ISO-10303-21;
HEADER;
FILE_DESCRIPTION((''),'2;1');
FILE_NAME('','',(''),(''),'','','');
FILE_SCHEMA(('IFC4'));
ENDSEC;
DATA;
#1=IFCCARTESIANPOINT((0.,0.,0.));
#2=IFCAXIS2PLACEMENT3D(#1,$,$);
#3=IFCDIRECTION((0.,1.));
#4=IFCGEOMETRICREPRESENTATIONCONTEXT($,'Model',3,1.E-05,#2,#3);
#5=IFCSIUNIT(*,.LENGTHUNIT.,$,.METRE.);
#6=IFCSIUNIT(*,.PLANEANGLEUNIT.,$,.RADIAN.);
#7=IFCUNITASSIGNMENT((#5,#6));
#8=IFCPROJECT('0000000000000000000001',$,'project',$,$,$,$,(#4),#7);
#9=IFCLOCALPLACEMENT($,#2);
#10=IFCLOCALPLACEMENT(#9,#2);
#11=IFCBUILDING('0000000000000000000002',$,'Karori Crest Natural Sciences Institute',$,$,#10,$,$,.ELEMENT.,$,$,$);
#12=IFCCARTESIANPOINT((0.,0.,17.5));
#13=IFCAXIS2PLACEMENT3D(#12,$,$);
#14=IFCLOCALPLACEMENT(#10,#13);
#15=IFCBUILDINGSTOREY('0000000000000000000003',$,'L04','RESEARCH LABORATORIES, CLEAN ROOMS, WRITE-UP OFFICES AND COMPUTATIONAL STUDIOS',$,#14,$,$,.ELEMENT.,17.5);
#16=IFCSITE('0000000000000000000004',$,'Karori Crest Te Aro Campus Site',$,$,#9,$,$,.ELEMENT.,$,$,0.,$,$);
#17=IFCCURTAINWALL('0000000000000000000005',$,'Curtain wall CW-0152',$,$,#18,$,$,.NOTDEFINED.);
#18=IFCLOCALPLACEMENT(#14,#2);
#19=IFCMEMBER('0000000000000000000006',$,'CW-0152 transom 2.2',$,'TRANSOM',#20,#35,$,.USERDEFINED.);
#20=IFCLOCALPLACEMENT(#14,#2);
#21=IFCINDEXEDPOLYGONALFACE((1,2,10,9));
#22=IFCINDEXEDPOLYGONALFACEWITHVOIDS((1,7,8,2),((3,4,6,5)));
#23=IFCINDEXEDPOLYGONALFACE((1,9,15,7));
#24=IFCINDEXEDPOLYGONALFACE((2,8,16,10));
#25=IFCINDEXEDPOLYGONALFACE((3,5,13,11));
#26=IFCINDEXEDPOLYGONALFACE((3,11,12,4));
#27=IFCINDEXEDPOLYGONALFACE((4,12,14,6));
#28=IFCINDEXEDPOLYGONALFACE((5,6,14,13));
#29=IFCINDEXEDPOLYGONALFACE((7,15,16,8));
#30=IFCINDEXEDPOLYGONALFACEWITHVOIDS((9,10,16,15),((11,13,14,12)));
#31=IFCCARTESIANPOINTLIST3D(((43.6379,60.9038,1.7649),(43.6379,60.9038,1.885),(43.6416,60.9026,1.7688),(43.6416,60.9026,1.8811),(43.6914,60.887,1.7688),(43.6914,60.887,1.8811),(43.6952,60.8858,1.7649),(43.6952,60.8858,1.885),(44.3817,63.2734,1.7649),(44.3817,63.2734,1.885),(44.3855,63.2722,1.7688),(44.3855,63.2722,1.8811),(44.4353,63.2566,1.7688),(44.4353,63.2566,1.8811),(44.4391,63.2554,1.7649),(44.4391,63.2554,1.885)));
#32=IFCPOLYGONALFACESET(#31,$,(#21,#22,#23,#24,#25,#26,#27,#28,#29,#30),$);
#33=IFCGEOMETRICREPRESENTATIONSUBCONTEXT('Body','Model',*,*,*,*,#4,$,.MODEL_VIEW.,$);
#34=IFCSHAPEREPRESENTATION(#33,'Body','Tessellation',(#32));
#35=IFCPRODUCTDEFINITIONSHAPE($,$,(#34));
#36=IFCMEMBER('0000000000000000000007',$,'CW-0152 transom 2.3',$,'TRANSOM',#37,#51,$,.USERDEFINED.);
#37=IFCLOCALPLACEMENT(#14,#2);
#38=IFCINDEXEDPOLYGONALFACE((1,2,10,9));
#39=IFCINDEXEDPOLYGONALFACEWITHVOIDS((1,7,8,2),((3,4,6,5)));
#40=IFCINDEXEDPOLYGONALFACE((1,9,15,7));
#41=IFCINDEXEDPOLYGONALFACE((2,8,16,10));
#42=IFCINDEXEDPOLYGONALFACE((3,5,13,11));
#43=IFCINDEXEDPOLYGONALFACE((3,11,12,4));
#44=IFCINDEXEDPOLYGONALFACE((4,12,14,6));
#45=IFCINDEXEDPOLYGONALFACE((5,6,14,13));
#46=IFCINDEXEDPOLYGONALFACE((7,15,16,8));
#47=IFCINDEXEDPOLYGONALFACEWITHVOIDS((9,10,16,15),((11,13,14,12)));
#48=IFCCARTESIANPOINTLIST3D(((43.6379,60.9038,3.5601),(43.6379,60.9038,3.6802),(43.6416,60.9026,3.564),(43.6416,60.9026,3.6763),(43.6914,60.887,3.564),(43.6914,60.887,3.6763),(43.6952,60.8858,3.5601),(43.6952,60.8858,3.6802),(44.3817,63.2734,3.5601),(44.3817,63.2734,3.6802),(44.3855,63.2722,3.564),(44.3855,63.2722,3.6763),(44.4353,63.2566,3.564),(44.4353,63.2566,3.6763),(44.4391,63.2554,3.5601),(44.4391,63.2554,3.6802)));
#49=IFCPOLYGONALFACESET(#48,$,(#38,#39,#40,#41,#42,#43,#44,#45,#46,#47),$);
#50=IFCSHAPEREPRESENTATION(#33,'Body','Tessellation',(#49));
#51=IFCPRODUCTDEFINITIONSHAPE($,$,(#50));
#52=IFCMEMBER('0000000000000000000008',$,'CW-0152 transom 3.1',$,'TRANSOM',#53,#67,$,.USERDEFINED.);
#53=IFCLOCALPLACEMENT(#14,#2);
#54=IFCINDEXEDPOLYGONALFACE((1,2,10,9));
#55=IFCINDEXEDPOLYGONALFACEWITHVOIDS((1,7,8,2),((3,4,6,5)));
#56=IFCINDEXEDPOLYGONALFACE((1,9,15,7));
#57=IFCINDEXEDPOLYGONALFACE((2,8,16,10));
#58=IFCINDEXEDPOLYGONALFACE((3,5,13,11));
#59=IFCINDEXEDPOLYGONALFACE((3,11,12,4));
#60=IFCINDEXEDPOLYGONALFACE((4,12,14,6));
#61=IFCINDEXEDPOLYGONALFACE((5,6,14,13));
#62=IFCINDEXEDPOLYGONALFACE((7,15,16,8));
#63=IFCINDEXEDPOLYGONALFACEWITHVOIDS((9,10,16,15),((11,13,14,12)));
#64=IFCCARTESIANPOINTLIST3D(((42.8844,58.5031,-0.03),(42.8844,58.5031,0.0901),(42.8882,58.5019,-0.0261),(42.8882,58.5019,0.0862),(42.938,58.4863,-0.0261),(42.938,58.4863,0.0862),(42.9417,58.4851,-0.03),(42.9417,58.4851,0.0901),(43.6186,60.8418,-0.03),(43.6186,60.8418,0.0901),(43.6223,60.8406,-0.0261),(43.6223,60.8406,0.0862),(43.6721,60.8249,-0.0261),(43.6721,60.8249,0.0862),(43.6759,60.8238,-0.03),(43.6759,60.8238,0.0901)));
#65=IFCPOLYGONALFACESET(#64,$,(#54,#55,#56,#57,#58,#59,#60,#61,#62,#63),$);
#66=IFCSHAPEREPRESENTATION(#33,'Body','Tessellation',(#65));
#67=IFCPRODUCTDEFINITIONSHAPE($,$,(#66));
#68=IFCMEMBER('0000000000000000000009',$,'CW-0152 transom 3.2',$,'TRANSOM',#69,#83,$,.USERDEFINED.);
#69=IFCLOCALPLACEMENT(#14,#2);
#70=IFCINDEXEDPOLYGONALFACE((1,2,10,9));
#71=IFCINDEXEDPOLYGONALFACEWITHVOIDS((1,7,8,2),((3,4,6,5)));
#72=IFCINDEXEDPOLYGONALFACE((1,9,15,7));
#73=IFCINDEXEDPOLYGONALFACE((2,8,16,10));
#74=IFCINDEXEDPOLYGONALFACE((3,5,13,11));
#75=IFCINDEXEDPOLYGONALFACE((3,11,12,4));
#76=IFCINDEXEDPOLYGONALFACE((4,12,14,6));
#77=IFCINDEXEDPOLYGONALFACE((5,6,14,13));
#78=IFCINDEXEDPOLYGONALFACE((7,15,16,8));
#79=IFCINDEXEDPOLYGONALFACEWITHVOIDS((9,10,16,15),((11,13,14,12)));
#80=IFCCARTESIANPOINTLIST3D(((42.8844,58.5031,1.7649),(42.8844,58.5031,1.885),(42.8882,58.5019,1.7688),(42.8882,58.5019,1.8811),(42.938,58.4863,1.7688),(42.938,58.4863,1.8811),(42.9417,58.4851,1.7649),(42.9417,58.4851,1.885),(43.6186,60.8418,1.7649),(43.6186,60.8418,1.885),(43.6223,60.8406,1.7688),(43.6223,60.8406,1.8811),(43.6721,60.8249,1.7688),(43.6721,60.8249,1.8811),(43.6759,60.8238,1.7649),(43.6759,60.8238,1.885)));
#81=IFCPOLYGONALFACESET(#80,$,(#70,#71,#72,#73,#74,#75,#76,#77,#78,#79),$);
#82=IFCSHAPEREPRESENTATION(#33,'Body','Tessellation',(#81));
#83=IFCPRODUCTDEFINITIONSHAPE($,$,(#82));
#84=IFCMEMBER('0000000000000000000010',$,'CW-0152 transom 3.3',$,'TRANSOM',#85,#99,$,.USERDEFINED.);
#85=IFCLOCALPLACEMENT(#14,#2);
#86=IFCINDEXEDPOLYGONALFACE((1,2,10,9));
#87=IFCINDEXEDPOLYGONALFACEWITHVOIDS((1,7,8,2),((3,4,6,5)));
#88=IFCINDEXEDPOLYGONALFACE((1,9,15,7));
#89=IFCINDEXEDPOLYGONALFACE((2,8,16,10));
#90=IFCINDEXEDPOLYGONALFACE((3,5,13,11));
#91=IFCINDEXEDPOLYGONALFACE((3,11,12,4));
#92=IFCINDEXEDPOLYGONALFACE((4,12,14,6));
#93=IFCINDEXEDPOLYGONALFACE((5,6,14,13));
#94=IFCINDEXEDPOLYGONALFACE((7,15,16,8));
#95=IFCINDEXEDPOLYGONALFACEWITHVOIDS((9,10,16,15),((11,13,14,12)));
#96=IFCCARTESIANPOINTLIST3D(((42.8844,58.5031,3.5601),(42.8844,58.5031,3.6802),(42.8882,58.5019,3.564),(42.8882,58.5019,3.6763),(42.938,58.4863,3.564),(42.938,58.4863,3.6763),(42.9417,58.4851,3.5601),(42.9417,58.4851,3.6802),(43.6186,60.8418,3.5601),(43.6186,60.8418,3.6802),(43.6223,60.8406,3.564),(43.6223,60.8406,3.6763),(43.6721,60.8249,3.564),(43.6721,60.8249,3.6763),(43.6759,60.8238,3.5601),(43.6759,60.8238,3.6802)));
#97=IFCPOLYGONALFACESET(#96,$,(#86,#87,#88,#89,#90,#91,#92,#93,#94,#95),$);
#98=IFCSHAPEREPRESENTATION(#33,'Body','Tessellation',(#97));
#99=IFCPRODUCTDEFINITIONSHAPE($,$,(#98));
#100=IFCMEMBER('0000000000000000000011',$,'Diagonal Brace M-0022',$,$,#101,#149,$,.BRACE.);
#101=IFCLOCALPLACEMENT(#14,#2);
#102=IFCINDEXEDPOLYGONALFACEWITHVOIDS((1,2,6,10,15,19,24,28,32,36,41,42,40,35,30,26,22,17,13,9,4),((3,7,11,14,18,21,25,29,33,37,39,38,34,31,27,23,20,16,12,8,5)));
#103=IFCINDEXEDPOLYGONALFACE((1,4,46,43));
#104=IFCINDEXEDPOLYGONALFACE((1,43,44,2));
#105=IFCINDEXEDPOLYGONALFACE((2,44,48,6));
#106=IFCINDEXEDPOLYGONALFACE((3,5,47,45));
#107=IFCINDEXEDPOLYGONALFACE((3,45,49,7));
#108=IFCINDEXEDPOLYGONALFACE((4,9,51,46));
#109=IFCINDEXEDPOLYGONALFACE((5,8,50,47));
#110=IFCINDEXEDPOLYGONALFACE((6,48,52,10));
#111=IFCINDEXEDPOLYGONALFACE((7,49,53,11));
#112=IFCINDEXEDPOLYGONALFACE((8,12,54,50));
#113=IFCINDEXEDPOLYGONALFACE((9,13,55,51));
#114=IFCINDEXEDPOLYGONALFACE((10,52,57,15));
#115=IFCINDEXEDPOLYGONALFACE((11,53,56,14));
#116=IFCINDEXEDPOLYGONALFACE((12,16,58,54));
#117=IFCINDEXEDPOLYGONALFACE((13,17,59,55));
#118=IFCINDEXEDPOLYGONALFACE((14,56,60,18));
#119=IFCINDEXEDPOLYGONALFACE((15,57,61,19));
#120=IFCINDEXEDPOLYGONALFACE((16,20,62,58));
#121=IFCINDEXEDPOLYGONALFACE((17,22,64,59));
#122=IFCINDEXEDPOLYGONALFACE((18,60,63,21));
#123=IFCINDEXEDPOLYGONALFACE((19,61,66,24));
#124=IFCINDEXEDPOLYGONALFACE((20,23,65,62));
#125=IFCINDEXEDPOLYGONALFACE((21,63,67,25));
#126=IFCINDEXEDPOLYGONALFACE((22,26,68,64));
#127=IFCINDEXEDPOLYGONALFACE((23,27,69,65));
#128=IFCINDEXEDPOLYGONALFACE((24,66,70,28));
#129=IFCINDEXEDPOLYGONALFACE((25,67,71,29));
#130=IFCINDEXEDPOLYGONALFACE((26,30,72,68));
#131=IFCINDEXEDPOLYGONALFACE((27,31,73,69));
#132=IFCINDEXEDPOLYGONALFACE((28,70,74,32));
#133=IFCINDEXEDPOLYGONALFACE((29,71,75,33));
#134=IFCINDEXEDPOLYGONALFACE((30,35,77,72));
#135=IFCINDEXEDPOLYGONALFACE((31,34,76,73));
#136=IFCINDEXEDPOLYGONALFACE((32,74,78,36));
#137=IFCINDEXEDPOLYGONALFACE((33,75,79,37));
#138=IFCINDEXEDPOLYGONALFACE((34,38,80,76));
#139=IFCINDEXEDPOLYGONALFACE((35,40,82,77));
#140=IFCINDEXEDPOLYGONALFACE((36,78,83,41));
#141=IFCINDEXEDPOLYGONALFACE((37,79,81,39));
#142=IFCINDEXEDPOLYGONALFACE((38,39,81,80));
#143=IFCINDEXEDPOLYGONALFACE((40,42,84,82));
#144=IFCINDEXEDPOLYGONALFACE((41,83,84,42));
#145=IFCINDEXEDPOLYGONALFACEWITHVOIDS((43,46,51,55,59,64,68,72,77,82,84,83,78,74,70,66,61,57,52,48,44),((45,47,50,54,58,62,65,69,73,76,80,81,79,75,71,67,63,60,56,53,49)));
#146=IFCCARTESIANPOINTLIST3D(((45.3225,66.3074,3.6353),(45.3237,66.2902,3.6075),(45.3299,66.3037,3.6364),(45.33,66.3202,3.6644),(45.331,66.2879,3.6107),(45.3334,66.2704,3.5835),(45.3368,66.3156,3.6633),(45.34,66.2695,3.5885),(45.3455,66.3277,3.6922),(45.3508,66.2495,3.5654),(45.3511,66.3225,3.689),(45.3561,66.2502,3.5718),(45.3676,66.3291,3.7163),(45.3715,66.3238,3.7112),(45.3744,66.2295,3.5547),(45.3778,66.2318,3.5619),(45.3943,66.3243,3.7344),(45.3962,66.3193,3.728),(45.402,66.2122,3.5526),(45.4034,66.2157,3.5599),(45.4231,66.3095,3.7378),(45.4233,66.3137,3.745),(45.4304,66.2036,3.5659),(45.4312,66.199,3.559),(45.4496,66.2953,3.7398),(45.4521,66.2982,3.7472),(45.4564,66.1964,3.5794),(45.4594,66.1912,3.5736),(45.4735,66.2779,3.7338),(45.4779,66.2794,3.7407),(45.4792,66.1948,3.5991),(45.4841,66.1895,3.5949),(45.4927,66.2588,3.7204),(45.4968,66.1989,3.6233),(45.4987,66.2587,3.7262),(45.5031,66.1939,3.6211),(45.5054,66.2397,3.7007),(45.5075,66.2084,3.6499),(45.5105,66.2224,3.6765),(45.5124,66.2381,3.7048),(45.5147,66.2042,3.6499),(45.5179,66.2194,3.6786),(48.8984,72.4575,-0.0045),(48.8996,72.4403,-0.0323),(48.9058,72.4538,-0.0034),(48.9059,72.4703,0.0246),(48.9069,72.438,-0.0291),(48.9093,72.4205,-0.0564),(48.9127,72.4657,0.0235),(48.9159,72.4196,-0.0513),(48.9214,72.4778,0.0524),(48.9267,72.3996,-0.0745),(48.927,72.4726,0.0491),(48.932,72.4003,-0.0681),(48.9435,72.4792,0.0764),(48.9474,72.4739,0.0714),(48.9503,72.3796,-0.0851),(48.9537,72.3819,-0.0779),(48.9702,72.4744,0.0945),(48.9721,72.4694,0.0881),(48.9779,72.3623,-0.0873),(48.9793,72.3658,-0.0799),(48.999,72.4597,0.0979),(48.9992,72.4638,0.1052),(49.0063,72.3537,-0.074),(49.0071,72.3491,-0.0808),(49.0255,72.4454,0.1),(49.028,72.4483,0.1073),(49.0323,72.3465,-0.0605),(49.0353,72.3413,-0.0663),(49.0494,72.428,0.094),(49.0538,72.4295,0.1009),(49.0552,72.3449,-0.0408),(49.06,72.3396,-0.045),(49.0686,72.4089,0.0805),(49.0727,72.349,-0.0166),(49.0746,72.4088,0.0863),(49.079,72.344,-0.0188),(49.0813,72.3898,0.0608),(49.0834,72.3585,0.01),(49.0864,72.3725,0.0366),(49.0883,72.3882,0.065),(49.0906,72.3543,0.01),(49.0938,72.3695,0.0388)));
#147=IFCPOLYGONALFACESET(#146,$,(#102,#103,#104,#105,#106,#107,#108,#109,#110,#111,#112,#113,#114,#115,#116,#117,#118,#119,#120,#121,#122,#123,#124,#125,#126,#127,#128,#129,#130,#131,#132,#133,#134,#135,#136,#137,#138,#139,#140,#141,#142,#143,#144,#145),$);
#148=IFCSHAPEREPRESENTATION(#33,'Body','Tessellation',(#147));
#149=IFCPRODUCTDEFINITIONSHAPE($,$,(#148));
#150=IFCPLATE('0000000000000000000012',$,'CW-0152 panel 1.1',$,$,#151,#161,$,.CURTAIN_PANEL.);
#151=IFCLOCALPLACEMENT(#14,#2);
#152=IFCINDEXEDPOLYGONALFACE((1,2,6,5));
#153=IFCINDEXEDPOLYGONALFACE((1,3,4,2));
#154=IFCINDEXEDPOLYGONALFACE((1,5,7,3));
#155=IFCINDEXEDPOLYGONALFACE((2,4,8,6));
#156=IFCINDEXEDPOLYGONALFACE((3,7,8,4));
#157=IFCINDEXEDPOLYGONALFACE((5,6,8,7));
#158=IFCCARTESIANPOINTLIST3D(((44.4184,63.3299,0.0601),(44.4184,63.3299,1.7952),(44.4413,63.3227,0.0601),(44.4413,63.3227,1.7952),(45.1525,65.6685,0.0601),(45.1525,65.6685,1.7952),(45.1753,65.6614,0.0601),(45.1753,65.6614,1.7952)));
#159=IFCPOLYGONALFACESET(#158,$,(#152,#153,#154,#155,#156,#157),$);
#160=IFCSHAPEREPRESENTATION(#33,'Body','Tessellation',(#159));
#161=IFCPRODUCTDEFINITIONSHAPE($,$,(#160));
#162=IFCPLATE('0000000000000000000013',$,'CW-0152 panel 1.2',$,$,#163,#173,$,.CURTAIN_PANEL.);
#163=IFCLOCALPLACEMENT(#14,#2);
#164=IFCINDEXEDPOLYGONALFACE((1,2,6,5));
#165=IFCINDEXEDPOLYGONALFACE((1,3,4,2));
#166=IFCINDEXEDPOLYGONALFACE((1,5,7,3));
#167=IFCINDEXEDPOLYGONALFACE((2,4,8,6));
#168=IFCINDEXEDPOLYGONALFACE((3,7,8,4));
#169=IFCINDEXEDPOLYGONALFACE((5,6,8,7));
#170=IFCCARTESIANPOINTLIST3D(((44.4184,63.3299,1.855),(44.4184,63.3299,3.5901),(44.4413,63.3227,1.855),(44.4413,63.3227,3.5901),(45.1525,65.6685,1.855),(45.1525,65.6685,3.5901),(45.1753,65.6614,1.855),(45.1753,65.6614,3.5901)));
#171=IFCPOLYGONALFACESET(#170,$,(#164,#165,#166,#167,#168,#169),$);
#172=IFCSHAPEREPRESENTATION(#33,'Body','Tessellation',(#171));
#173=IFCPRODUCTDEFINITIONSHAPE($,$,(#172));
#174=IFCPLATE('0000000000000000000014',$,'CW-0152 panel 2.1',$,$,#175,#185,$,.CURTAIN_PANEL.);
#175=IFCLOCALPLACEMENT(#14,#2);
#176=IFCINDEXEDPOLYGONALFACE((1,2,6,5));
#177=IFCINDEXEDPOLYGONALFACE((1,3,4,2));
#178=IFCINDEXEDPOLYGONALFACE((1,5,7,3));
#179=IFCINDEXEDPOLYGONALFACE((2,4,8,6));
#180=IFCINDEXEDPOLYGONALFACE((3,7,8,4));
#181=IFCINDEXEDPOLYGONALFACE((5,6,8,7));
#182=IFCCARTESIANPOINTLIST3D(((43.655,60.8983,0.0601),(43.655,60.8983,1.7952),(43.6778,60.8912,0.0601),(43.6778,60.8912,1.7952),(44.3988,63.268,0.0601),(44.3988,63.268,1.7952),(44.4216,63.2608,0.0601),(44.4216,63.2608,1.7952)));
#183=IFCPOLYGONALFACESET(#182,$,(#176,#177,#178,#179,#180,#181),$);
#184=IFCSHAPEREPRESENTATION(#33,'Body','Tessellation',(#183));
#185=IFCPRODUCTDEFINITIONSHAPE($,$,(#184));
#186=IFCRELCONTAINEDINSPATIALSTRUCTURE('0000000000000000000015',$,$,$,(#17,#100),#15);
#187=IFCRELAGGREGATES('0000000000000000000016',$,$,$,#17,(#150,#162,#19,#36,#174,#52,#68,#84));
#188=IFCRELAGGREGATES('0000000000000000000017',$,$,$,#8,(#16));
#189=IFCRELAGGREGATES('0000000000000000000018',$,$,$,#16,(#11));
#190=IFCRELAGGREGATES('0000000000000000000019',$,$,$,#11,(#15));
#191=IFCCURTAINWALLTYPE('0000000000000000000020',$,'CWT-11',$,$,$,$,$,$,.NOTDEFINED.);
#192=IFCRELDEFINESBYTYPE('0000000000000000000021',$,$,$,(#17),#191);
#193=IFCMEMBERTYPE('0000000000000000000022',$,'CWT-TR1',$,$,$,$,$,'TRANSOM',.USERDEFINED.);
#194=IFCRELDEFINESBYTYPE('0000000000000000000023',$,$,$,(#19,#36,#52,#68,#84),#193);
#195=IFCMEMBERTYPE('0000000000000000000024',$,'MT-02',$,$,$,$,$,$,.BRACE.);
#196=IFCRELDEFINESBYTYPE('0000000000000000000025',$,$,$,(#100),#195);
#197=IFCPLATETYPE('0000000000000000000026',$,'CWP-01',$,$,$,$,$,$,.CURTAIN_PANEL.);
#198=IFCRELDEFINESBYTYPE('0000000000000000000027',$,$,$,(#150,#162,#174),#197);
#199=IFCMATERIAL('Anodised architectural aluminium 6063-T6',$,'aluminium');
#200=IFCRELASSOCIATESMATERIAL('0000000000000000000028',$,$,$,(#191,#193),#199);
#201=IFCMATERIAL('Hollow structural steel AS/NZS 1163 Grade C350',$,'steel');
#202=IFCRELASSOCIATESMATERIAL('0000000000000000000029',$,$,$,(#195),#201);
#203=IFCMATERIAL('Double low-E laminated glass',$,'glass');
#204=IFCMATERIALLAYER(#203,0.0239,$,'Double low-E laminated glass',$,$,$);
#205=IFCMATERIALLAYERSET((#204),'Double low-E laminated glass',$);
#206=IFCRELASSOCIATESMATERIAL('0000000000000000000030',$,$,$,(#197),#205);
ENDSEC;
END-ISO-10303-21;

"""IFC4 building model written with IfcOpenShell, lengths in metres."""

from ifc_helpers import new_model, si_unit, direction, frame, origin, origin_2d, place, context, subcontext, project, spatial, rectangle, hollow_rectangle, hollow_circle, extrude, material, layer, layer_set, material_profile, profile_set, type_object, element, aggregate, save


model = new_model("IFC4")

# Units and contexts
model_context = context("Model", 3, precision=1e-05, world=origin(), true_north=direction((0.0, 1.0)))
body_context = subcontext(model_context, "Body", "Model", "MODEL_VIEW")
ifc_project = project(units=[si_unit("LENGTHUNIT", "METRE"), si_unit("PLANEANGLEUNIT", "RADIAN")], contexts=[model_context])

# Site, building, storey
site_placement = place(None, origin())
site = spatial("IfcSite", under=ifc_project, at=site_placement, Name="Karori Crest Te Aro Campus Site", CompositionType="ELEMENT", RefElevation=0.0)
building_placement = place(site_placement, origin())
building = spatial("IfcBuilding", under=site, at=building_placement, Name="Karori Crest Natural Sciences Institute", CompositionType="ELEMENT")
storey_placement = place(building_placement, frame((0.0, 0.0, 17.5)))
storey = spatial("IfcBuildingStorey", under=building, at=storey_placement, Name="L04", Description="RESEARCH LABORATORIES, CLEAN ROOMS, WRITE-UP OFFICES AND COMPUTATIONAL STUDIOS", CompositionType="ELEMENT", Elevation=17.5)

# Shared definitions
ifc_material_1 = material(Name="Hollow structural steel AS/NZS 1163 Grade C350", Category="steel")

# Curtain wall, members
ifc_material_2 = material(Name="Anodised architectural aluminium 6063-T6", Category="aluminium")
curtain_wall_type = type_object("IfcCurtainWallType", Name="CWT-11", PredefinedType="NOTDEFINED", material=ifc_material_2)
curtain_wall_placement = place(storey_placement, origin())
curtain_wall = element("IfcCurtainWall", 1, at=curtain_wall_placement, inside=storey, type_object=curtain_wall_type, Name="Curtain wall CW-0152", PredefinedType="NOTDEFINED")
ifc_material_profile_1 = material_profile(ifc_material_2, hollow_rectangle(XDim=0.0601, YDim=0.1201, WallThickness=0.0039, at=origin_2d()), Name="CWT120x60x4")
ifc_profile_set_1 = profile_set([ifc_material_profile_1], Name="Anodised architectural aluminium 6063-T6")
member_type_1 = type_object("IfcMemberType", Name="CWT-TR1", ElementType="TRANSOM", PredefinedType="USERDEFINED", material=ifc_profile_set_1)
member_1_placement = place(storey_placement, frame((44.4104, 63.2644, 1.825), z_axis=(-0.299517, -0.954091, 0.0), x_axis=(0.954091, -0.299517, 0.0)))
member_1 = element("IfcMember", 2, at=member_1_placement, type_object=member_type_1, Name="CW-0152 transom 2.2", ObjectType="TRANSOM", PredefinedType="USERDEFINED", context=body_context, shape_type="SweptSolid", body=[
    extrude(hollow_rectangle(XDim=0.0601, YDim=0.1201, WallThickness=0.0039, at=origin_2d()), origin(), (0.0, 0.0, 1.0), 2.4836),
])
member_2_placement = place(storey_placement, frame((44.4104, 63.2644, 3.6201), z_axis=(-0.299517, -0.954091, 0.0), x_axis=(0.954091, -0.299517, 0.0)))
member_2 = element("IfcMember", 3, at=member_2_placement, type_object=member_type_1, Name="CW-0152 transom 2.3", ObjectType="TRANSOM", PredefinedType="USERDEFINED", context=body_context, shape_type="SweptSolid", body=[
    extrude(hollow_rectangle(XDim=0.0601, YDim=0.1201, WallThickness=0.0039, at=origin_2d()), origin(), (0.0, 0.0, 1.0), 2.4836),
])
member_3_placement = place(storey_placement, frame((43.6472, 60.8328, 0.03), z_axis=(-0.299505, -0.954095, 0.0), x_axis=(0.954095, -0.299505, 0.0)))
member_3 = element("IfcMember", 4, at=member_3_placement, type_object=member_type_1, Name="CW-0152 transom 3.1", ObjectType="TRANSOM", PredefinedType="USERDEFINED", context=body_context, shape_type="SweptSolid", body=[
    extrude(hollow_rectangle(XDim=0.0601, YDim=0.1201, WallThickness=0.0039, at=origin_2d()), origin(), (0.0, 0.0, 1.0), 2.4512),
])
member_4_placement = place(storey_placement, frame((43.6472, 60.8328, 1.825), z_axis=(-0.299505, -0.954095, 0.0), x_axis=(0.954095, -0.299505, 0.0)))
member_4 = element("IfcMember", 5, at=member_4_placement, type_object=member_type_1, Name="CW-0152 transom 3.2", ObjectType="TRANSOM", PredefinedType="USERDEFINED", context=body_context, shape_type="SweptSolid", body=[
    extrude(hollow_rectangle(XDim=0.0601, YDim=0.1201, WallThickness=0.0039, at=origin_2d()), origin(), (0.0, 0.0, 1.0), 2.4512),
])
member_5_placement = place(storey_placement, frame((43.6472, 60.8328, 3.6201), z_axis=(-0.299505, -0.954095, 0.0), x_axis=(0.954095, -0.299505, 0.0)))
member_5 = element("IfcMember", 6, at=member_5_placement, type_object=member_type_1, Name="CW-0152 transom 3.3", ObjectType="TRANSOM", PredefinedType="USERDEFINED", context=body_context, shape_type="SweptSolid", body=[
    extrude(hollow_rectangle(XDim=0.0601, YDim=0.1201, WallThickness=0.0039, at=origin_2d()), origin(), (0.0, 0.0, 1.0), 2.4512),
])

# Member
ifc_material_profile_2 = material_profile(ifc_material_1, hollow_circle(Radius=0.1096, WallThickness=0.0083, at=origin_2d()), Name="CHS219.1x8.2")
ifc_profile_set_2 = profile_set([ifc_material_profile_2], Name="Hollow structural steel AS/NZS 1163 Grade C350")
member_type_2 = type_object("IfcMemberType", Name="MT-02", PredefinedType="BRACE", material=ifc_profile_set_2)
member_6_placement = place(storey_placement, frame((48.9958, 72.4094, 0.01), z_axis=(-0.447479, -0.769608, 0.455484), x_axis=(0.864491, -0.502648, 0.0)))
element("IfcMember", 7, at=member_6_placement, inside=storey, type_object=member_type_2, Name="Diagonal Brace M-0022", PredefinedType="BRACE", context=body_context, shape_type="SweptSolid", body=[
    extrude(hollow_circle(Radius=0.1096, WallThickness=0.0083, at=origin_2d()), origin(), (0.0, 0.0, 1.0), 7.9912),
])

# Plates
ifc_material_3 = material(Name="Double low-E laminated glass", Category="glass")
ifc_layer_1 = layer(ifc_material_3, 0.0239, Name="Double low-E laminated glass")
ifc_layer_set_1 = layer_set([ifc_layer_1], Name="Double low-E laminated glass")
plate_type_1 = type_object("IfcPlateType", Name="CWP-01", PredefinedType="CURTAIN_PANEL", material=ifc_layer_set_1)
plate_1_placement = place(storey_placement, frame((44.7969, 64.4956, 0.0601), z_axis=(0.0, 0.0, 1.0), x_axis=(-0.299475, -0.954104, 0.0)))
plate_1 = element("IfcPlate", 8, at=plate_1_placement, type_object=plate_type_1, Name="CW-0152 panel 1.1", PredefinedType="CURTAIN_PANEL", context=body_context, shape_type="SweptSolid", body=[
    extrude(rectangle(XDim=2.4512, YDim=0.0239, at=origin_2d()), origin(), (0.0, 0.0, 1.0), 1.7351),
])
plate_2_placement = place(storey_placement, frame((44.7969, 64.4956, 1.855), z_axis=(0.0, 0.0, 1.0), x_axis=(-0.299475, -0.954104, 0.0)))
plate_2 = element("IfcPlate", 9, at=plate_2_placement, type_object=plate_type_1, Name="CW-0152 panel 1.2", PredefinedType="CURTAIN_PANEL", context=body_context, shape_type="SweptSolid", body=[
    extrude(rectangle(XDim=2.4512, YDim=0.0239, at=origin_2d()), origin(), (0.0, 0.0, 1.0), 1.7351),
])
plate_3_placement = place(storey_placement, frame((44.0383, 62.0796, 0.0601), z_axis=(0.0, 0.0, 1.0), x_axis=(-0.299475, -0.954104, 0.0)))
plate_3 = element("IfcPlate", 10, at=plate_3_placement, type_object=plate_type_1, Name="CW-0152 panel 2.1", PredefinedType="CURTAIN_PANEL", context=body_context, shape_type="SweptSolid", body=[
    extrude(rectangle(XDim=2.4836, YDim=0.0239, at=origin_2d()), origin(), (0.0, 0.0, 1.0), 1.7351),
])
aggregate(curtain_wall, [plate_1, plate_2, member_1, member_2, plate_3, member_3, member_4, member_5])

save(model, "model.ifc")
